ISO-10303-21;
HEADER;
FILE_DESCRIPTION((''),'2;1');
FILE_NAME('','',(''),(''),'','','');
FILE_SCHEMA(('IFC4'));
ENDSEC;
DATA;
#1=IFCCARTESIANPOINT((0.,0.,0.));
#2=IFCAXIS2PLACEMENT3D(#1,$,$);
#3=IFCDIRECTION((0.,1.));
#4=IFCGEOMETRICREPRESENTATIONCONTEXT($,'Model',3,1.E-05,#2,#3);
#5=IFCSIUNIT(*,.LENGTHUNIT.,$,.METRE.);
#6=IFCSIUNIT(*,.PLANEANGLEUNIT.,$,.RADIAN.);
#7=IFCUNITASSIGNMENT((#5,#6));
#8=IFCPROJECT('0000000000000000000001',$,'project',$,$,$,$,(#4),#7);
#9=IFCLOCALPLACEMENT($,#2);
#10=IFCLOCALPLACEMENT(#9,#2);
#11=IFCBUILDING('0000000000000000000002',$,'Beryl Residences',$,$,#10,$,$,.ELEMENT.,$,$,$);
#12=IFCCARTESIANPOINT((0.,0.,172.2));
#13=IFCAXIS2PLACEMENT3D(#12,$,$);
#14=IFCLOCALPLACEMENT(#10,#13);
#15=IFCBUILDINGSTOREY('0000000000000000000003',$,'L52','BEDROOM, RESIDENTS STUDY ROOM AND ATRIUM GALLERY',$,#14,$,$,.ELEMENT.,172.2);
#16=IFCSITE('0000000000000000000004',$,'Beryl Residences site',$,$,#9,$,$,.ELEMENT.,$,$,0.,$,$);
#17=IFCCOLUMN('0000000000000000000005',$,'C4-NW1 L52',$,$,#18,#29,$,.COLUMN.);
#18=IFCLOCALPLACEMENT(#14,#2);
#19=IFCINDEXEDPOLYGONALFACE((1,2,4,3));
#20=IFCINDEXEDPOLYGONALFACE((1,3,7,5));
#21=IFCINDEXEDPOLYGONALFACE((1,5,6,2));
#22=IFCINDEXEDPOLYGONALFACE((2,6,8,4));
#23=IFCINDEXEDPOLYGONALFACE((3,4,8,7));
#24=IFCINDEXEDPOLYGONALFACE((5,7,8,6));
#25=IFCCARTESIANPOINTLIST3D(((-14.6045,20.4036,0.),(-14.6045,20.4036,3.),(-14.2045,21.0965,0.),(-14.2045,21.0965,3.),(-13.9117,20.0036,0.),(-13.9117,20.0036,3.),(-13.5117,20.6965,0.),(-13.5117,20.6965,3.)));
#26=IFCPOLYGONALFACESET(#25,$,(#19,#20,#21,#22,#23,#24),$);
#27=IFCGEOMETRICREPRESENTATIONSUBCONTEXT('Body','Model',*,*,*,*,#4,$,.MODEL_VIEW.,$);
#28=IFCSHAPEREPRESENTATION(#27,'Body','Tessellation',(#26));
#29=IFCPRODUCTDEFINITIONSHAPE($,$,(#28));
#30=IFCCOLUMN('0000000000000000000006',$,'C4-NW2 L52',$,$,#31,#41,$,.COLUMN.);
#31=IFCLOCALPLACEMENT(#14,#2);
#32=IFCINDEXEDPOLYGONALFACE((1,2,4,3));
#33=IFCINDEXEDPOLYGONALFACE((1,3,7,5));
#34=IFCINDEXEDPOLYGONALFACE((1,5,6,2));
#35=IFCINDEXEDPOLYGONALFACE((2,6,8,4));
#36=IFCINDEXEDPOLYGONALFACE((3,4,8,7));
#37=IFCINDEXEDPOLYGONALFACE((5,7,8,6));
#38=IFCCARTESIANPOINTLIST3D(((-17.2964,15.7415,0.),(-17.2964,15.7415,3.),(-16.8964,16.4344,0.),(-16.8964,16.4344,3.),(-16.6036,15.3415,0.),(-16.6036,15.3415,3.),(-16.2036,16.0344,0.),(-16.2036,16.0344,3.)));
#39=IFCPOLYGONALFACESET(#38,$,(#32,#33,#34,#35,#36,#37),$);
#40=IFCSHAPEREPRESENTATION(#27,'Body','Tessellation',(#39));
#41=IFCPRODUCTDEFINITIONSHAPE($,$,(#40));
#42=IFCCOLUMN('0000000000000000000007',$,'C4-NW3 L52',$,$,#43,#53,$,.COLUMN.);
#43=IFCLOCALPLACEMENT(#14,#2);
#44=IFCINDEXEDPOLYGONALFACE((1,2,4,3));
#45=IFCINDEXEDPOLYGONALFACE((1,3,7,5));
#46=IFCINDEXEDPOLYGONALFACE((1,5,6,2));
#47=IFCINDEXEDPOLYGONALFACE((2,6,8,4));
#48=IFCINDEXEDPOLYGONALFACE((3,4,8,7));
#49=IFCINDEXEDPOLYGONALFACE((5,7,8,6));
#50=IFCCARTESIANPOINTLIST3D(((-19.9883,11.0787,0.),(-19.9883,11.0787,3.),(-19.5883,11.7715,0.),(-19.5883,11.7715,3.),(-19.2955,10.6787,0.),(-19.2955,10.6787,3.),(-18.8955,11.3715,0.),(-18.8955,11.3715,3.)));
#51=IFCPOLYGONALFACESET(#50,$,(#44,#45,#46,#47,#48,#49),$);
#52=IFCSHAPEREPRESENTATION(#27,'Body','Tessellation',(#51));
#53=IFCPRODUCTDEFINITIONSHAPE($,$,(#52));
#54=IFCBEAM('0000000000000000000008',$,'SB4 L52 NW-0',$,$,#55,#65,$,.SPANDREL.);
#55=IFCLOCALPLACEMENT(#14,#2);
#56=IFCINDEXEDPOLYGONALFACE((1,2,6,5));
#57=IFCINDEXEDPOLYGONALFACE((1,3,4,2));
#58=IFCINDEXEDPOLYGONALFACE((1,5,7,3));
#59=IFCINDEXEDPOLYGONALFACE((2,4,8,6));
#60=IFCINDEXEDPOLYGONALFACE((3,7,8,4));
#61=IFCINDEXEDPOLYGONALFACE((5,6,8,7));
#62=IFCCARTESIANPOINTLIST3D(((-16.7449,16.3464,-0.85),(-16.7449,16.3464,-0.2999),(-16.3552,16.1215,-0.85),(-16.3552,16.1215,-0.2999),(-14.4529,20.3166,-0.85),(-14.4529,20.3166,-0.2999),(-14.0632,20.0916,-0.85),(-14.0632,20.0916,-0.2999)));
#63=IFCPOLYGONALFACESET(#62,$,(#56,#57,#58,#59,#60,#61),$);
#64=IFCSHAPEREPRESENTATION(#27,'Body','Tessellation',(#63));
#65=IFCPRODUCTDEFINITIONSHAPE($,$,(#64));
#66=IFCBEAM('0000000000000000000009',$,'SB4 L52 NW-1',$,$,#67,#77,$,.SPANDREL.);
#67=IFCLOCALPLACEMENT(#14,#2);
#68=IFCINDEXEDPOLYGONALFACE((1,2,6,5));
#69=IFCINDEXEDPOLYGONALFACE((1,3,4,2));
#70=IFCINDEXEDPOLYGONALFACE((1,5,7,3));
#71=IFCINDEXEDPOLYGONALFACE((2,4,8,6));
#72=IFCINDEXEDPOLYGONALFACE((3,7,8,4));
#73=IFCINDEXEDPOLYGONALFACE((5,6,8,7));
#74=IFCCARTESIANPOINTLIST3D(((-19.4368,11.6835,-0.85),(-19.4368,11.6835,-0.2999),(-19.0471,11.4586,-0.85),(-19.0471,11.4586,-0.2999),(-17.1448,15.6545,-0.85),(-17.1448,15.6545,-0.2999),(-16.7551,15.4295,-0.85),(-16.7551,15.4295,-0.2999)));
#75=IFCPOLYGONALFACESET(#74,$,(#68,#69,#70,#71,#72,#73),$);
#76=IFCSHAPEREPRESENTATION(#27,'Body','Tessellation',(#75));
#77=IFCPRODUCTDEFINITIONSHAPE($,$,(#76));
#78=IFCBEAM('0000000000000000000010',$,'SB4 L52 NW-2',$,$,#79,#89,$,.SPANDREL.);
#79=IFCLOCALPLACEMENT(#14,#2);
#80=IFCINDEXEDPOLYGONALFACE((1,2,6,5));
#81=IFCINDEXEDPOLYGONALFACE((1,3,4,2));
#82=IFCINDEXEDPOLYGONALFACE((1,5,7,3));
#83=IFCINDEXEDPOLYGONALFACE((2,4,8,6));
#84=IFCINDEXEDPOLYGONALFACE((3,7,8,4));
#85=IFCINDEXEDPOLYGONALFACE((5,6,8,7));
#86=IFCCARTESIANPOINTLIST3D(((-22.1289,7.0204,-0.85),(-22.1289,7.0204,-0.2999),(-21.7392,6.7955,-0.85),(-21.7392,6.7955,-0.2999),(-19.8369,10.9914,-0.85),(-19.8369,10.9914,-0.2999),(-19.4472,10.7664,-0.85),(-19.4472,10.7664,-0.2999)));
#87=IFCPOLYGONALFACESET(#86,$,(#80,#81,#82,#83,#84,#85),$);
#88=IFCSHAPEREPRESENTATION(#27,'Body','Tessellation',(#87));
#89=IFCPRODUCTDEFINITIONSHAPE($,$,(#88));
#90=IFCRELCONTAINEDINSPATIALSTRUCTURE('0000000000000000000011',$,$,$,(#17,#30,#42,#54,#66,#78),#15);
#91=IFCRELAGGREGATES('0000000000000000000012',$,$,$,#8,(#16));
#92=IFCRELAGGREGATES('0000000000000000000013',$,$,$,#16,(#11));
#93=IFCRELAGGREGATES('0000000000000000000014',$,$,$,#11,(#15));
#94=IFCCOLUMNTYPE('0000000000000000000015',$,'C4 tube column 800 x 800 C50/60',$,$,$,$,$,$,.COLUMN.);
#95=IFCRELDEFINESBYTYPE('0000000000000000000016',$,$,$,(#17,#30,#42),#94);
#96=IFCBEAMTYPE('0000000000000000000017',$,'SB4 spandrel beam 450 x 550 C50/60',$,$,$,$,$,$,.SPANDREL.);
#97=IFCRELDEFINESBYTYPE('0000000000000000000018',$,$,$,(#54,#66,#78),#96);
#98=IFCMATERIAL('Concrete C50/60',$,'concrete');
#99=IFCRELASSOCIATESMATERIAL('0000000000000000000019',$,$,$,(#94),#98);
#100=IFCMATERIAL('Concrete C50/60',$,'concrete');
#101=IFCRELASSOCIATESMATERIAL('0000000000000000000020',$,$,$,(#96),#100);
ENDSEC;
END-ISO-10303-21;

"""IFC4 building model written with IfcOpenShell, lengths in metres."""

from ifc_helpers import new_model, si_unit, direction, frame, origin, origin_2d, place, context, subcontext, project, spatial, rectangle, extrude, material, material_profile, profile_set, type_object, element, save


model = new_model("IFC4")

# Units and contexts
model_context = context("Model", 3, precision=1e-05, world=origin(), true_north=direction((0.0, 1.0)))
body_context = subcontext(model_context, "Body", "Model", "MODEL_VIEW")
ifc_project = project(units=[si_unit("LENGTHUNIT", "METRE"), si_unit("PLANEANGLEUNIT", "RADIAN")], contexts=[model_context])

# Site, building, storey
site_placement = place(None, origin())
site = spatial("IfcSite", under=ifc_project, at=site_placement, Name="Beryl Residences site", CompositionType="ELEMENT", RefElevation=0.0)
building_placement = place(site_placement, origin())
building = spatial("IfcBuilding", under=site, at=building_placement, Name="Beryl Residences", CompositionType="ELEMENT")
storey_placement = place(building_placement, frame((0.0, 0.0, 172.2)))
storey = spatial("IfcBuildingStorey", under=building, at=storey_placement, Name="L52", Description="BEDROOM, RESIDENTS STUDY ROOM AND ATRIUM GALLERY", CompositionType="ELEMENT", Elevation=172.2)

# Columns
ifc_material_1 = material(Name="Concrete C50/60", Category="concrete")
ifc_material_profile_1 = material_profile(ifc_material_1, rectangle(XDim=0.8, YDim=0.8, at=origin_2d()))
ifc_profile_set_1 = profile_set([ifc_material_profile_1], Name="Concrete C50/60")
column_type = type_object("IfcColumnType", Name="C4 tube column 800 x 800 C50/60", PredefinedType="COLUMN", material=ifc_profile_set_1)
for number, where, z_axis, x_axis, name in (
    (1, (-14.0581, 20.55, 0.0), (0.0, 0.0, 1.0), (-0.5, -0.866025, 0.0), "C4-NW1 L52"),
    (2, (-16.75, 15.8879, 0.0), (0.0, 0.0, 1.0), (-0.5, -0.866025, 0.0), "C4-NW2 L52"),
    (3, (-19.4419, 11.2251, 0.0), (0.0, 0.0, 1.0), (-0.5, -0.866025, 0.0), "C4-NW3 L52"),
):
    element("IfcColumn", number, at=place(storey_placement, frame(where, z_axis=z_axis, x_axis=x_axis)), inside=storey, type_object=column_type, Name=name, PredefinedType="COLUMN", context=body_context, shape_type="SweptSolid", body=[
        extrude(rectangle(XDim=0.8, YDim=0.8, at=origin_2d()), origin(), (0.0, 0.0, 1.0), 3.0),
    ])

# Beams
ifc_material_2 = material(Name="Concrete C50/60", Category="concrete")
ifc_material_profile_2 = material_profile(ifc_material_2, rectangle(XDim=0.45, YDim=0.55, at=origin_2d()))
ifc_profile_set_2 = profile_set([ifc_material_profile_2], Name="Concrete C50/60")
beam_type = type_object("IfcBeamType", Name="SB4 spandrel beam 450 x 550 C50/60", PredefinedType="SPANDREL", material=ifc_profile_set_2)
beam_placement = place(storey_placement, frame((-14.2581, 20.2041, -0.575), z_axis=(-0.499965, -0.866045, 0.0), x_axis=(0.866045, -0.499965, 0.0)))
element("IfcBeam", 4, at=beam_placement, inside=storey, type_object=beam_type, Name="SB4 L52 NW-0", PredefinedType="SPANDREL", context=body_context, shape_type="SweptSolid", body=[
    extrude(rectangle(XDim=0.45, YDim=0.55, at=origin_2d()), origin(), (0.0, 0.0, 1.0), 4.5842),
])
for number, where, z_axis, x_axis, name in (
    (5, (-16.95, 15.542, -0.575), (-0.499896, -0.866085, 0.0), (0.866085, -0.499896, 0.0), "SB4 L52 NW-1"),
    (6, (-19.6421, 10.8789, -0.575), (-0.499896, -0.866085, 0.0), (0.866085, -0.499896, 0.0), "SB4 L52 NW-2"),
):
    element("IfcBeam", number, at=place(storey_placement, frame(where, z_axis=z_axis, x_axis=x_axis)), inside=storey, type_object=beam_type, Name=name, PredefinedType="SPANDREL", context=body_context, shape_type="SweptSolid", body=[
        extrude(rectangle(XDim=0.45, YDim=0.55, at=origin_2d()), origin(), (0.0, 0.0, 1.0), 4.585),
    ])

save(model, "model.ifc")
